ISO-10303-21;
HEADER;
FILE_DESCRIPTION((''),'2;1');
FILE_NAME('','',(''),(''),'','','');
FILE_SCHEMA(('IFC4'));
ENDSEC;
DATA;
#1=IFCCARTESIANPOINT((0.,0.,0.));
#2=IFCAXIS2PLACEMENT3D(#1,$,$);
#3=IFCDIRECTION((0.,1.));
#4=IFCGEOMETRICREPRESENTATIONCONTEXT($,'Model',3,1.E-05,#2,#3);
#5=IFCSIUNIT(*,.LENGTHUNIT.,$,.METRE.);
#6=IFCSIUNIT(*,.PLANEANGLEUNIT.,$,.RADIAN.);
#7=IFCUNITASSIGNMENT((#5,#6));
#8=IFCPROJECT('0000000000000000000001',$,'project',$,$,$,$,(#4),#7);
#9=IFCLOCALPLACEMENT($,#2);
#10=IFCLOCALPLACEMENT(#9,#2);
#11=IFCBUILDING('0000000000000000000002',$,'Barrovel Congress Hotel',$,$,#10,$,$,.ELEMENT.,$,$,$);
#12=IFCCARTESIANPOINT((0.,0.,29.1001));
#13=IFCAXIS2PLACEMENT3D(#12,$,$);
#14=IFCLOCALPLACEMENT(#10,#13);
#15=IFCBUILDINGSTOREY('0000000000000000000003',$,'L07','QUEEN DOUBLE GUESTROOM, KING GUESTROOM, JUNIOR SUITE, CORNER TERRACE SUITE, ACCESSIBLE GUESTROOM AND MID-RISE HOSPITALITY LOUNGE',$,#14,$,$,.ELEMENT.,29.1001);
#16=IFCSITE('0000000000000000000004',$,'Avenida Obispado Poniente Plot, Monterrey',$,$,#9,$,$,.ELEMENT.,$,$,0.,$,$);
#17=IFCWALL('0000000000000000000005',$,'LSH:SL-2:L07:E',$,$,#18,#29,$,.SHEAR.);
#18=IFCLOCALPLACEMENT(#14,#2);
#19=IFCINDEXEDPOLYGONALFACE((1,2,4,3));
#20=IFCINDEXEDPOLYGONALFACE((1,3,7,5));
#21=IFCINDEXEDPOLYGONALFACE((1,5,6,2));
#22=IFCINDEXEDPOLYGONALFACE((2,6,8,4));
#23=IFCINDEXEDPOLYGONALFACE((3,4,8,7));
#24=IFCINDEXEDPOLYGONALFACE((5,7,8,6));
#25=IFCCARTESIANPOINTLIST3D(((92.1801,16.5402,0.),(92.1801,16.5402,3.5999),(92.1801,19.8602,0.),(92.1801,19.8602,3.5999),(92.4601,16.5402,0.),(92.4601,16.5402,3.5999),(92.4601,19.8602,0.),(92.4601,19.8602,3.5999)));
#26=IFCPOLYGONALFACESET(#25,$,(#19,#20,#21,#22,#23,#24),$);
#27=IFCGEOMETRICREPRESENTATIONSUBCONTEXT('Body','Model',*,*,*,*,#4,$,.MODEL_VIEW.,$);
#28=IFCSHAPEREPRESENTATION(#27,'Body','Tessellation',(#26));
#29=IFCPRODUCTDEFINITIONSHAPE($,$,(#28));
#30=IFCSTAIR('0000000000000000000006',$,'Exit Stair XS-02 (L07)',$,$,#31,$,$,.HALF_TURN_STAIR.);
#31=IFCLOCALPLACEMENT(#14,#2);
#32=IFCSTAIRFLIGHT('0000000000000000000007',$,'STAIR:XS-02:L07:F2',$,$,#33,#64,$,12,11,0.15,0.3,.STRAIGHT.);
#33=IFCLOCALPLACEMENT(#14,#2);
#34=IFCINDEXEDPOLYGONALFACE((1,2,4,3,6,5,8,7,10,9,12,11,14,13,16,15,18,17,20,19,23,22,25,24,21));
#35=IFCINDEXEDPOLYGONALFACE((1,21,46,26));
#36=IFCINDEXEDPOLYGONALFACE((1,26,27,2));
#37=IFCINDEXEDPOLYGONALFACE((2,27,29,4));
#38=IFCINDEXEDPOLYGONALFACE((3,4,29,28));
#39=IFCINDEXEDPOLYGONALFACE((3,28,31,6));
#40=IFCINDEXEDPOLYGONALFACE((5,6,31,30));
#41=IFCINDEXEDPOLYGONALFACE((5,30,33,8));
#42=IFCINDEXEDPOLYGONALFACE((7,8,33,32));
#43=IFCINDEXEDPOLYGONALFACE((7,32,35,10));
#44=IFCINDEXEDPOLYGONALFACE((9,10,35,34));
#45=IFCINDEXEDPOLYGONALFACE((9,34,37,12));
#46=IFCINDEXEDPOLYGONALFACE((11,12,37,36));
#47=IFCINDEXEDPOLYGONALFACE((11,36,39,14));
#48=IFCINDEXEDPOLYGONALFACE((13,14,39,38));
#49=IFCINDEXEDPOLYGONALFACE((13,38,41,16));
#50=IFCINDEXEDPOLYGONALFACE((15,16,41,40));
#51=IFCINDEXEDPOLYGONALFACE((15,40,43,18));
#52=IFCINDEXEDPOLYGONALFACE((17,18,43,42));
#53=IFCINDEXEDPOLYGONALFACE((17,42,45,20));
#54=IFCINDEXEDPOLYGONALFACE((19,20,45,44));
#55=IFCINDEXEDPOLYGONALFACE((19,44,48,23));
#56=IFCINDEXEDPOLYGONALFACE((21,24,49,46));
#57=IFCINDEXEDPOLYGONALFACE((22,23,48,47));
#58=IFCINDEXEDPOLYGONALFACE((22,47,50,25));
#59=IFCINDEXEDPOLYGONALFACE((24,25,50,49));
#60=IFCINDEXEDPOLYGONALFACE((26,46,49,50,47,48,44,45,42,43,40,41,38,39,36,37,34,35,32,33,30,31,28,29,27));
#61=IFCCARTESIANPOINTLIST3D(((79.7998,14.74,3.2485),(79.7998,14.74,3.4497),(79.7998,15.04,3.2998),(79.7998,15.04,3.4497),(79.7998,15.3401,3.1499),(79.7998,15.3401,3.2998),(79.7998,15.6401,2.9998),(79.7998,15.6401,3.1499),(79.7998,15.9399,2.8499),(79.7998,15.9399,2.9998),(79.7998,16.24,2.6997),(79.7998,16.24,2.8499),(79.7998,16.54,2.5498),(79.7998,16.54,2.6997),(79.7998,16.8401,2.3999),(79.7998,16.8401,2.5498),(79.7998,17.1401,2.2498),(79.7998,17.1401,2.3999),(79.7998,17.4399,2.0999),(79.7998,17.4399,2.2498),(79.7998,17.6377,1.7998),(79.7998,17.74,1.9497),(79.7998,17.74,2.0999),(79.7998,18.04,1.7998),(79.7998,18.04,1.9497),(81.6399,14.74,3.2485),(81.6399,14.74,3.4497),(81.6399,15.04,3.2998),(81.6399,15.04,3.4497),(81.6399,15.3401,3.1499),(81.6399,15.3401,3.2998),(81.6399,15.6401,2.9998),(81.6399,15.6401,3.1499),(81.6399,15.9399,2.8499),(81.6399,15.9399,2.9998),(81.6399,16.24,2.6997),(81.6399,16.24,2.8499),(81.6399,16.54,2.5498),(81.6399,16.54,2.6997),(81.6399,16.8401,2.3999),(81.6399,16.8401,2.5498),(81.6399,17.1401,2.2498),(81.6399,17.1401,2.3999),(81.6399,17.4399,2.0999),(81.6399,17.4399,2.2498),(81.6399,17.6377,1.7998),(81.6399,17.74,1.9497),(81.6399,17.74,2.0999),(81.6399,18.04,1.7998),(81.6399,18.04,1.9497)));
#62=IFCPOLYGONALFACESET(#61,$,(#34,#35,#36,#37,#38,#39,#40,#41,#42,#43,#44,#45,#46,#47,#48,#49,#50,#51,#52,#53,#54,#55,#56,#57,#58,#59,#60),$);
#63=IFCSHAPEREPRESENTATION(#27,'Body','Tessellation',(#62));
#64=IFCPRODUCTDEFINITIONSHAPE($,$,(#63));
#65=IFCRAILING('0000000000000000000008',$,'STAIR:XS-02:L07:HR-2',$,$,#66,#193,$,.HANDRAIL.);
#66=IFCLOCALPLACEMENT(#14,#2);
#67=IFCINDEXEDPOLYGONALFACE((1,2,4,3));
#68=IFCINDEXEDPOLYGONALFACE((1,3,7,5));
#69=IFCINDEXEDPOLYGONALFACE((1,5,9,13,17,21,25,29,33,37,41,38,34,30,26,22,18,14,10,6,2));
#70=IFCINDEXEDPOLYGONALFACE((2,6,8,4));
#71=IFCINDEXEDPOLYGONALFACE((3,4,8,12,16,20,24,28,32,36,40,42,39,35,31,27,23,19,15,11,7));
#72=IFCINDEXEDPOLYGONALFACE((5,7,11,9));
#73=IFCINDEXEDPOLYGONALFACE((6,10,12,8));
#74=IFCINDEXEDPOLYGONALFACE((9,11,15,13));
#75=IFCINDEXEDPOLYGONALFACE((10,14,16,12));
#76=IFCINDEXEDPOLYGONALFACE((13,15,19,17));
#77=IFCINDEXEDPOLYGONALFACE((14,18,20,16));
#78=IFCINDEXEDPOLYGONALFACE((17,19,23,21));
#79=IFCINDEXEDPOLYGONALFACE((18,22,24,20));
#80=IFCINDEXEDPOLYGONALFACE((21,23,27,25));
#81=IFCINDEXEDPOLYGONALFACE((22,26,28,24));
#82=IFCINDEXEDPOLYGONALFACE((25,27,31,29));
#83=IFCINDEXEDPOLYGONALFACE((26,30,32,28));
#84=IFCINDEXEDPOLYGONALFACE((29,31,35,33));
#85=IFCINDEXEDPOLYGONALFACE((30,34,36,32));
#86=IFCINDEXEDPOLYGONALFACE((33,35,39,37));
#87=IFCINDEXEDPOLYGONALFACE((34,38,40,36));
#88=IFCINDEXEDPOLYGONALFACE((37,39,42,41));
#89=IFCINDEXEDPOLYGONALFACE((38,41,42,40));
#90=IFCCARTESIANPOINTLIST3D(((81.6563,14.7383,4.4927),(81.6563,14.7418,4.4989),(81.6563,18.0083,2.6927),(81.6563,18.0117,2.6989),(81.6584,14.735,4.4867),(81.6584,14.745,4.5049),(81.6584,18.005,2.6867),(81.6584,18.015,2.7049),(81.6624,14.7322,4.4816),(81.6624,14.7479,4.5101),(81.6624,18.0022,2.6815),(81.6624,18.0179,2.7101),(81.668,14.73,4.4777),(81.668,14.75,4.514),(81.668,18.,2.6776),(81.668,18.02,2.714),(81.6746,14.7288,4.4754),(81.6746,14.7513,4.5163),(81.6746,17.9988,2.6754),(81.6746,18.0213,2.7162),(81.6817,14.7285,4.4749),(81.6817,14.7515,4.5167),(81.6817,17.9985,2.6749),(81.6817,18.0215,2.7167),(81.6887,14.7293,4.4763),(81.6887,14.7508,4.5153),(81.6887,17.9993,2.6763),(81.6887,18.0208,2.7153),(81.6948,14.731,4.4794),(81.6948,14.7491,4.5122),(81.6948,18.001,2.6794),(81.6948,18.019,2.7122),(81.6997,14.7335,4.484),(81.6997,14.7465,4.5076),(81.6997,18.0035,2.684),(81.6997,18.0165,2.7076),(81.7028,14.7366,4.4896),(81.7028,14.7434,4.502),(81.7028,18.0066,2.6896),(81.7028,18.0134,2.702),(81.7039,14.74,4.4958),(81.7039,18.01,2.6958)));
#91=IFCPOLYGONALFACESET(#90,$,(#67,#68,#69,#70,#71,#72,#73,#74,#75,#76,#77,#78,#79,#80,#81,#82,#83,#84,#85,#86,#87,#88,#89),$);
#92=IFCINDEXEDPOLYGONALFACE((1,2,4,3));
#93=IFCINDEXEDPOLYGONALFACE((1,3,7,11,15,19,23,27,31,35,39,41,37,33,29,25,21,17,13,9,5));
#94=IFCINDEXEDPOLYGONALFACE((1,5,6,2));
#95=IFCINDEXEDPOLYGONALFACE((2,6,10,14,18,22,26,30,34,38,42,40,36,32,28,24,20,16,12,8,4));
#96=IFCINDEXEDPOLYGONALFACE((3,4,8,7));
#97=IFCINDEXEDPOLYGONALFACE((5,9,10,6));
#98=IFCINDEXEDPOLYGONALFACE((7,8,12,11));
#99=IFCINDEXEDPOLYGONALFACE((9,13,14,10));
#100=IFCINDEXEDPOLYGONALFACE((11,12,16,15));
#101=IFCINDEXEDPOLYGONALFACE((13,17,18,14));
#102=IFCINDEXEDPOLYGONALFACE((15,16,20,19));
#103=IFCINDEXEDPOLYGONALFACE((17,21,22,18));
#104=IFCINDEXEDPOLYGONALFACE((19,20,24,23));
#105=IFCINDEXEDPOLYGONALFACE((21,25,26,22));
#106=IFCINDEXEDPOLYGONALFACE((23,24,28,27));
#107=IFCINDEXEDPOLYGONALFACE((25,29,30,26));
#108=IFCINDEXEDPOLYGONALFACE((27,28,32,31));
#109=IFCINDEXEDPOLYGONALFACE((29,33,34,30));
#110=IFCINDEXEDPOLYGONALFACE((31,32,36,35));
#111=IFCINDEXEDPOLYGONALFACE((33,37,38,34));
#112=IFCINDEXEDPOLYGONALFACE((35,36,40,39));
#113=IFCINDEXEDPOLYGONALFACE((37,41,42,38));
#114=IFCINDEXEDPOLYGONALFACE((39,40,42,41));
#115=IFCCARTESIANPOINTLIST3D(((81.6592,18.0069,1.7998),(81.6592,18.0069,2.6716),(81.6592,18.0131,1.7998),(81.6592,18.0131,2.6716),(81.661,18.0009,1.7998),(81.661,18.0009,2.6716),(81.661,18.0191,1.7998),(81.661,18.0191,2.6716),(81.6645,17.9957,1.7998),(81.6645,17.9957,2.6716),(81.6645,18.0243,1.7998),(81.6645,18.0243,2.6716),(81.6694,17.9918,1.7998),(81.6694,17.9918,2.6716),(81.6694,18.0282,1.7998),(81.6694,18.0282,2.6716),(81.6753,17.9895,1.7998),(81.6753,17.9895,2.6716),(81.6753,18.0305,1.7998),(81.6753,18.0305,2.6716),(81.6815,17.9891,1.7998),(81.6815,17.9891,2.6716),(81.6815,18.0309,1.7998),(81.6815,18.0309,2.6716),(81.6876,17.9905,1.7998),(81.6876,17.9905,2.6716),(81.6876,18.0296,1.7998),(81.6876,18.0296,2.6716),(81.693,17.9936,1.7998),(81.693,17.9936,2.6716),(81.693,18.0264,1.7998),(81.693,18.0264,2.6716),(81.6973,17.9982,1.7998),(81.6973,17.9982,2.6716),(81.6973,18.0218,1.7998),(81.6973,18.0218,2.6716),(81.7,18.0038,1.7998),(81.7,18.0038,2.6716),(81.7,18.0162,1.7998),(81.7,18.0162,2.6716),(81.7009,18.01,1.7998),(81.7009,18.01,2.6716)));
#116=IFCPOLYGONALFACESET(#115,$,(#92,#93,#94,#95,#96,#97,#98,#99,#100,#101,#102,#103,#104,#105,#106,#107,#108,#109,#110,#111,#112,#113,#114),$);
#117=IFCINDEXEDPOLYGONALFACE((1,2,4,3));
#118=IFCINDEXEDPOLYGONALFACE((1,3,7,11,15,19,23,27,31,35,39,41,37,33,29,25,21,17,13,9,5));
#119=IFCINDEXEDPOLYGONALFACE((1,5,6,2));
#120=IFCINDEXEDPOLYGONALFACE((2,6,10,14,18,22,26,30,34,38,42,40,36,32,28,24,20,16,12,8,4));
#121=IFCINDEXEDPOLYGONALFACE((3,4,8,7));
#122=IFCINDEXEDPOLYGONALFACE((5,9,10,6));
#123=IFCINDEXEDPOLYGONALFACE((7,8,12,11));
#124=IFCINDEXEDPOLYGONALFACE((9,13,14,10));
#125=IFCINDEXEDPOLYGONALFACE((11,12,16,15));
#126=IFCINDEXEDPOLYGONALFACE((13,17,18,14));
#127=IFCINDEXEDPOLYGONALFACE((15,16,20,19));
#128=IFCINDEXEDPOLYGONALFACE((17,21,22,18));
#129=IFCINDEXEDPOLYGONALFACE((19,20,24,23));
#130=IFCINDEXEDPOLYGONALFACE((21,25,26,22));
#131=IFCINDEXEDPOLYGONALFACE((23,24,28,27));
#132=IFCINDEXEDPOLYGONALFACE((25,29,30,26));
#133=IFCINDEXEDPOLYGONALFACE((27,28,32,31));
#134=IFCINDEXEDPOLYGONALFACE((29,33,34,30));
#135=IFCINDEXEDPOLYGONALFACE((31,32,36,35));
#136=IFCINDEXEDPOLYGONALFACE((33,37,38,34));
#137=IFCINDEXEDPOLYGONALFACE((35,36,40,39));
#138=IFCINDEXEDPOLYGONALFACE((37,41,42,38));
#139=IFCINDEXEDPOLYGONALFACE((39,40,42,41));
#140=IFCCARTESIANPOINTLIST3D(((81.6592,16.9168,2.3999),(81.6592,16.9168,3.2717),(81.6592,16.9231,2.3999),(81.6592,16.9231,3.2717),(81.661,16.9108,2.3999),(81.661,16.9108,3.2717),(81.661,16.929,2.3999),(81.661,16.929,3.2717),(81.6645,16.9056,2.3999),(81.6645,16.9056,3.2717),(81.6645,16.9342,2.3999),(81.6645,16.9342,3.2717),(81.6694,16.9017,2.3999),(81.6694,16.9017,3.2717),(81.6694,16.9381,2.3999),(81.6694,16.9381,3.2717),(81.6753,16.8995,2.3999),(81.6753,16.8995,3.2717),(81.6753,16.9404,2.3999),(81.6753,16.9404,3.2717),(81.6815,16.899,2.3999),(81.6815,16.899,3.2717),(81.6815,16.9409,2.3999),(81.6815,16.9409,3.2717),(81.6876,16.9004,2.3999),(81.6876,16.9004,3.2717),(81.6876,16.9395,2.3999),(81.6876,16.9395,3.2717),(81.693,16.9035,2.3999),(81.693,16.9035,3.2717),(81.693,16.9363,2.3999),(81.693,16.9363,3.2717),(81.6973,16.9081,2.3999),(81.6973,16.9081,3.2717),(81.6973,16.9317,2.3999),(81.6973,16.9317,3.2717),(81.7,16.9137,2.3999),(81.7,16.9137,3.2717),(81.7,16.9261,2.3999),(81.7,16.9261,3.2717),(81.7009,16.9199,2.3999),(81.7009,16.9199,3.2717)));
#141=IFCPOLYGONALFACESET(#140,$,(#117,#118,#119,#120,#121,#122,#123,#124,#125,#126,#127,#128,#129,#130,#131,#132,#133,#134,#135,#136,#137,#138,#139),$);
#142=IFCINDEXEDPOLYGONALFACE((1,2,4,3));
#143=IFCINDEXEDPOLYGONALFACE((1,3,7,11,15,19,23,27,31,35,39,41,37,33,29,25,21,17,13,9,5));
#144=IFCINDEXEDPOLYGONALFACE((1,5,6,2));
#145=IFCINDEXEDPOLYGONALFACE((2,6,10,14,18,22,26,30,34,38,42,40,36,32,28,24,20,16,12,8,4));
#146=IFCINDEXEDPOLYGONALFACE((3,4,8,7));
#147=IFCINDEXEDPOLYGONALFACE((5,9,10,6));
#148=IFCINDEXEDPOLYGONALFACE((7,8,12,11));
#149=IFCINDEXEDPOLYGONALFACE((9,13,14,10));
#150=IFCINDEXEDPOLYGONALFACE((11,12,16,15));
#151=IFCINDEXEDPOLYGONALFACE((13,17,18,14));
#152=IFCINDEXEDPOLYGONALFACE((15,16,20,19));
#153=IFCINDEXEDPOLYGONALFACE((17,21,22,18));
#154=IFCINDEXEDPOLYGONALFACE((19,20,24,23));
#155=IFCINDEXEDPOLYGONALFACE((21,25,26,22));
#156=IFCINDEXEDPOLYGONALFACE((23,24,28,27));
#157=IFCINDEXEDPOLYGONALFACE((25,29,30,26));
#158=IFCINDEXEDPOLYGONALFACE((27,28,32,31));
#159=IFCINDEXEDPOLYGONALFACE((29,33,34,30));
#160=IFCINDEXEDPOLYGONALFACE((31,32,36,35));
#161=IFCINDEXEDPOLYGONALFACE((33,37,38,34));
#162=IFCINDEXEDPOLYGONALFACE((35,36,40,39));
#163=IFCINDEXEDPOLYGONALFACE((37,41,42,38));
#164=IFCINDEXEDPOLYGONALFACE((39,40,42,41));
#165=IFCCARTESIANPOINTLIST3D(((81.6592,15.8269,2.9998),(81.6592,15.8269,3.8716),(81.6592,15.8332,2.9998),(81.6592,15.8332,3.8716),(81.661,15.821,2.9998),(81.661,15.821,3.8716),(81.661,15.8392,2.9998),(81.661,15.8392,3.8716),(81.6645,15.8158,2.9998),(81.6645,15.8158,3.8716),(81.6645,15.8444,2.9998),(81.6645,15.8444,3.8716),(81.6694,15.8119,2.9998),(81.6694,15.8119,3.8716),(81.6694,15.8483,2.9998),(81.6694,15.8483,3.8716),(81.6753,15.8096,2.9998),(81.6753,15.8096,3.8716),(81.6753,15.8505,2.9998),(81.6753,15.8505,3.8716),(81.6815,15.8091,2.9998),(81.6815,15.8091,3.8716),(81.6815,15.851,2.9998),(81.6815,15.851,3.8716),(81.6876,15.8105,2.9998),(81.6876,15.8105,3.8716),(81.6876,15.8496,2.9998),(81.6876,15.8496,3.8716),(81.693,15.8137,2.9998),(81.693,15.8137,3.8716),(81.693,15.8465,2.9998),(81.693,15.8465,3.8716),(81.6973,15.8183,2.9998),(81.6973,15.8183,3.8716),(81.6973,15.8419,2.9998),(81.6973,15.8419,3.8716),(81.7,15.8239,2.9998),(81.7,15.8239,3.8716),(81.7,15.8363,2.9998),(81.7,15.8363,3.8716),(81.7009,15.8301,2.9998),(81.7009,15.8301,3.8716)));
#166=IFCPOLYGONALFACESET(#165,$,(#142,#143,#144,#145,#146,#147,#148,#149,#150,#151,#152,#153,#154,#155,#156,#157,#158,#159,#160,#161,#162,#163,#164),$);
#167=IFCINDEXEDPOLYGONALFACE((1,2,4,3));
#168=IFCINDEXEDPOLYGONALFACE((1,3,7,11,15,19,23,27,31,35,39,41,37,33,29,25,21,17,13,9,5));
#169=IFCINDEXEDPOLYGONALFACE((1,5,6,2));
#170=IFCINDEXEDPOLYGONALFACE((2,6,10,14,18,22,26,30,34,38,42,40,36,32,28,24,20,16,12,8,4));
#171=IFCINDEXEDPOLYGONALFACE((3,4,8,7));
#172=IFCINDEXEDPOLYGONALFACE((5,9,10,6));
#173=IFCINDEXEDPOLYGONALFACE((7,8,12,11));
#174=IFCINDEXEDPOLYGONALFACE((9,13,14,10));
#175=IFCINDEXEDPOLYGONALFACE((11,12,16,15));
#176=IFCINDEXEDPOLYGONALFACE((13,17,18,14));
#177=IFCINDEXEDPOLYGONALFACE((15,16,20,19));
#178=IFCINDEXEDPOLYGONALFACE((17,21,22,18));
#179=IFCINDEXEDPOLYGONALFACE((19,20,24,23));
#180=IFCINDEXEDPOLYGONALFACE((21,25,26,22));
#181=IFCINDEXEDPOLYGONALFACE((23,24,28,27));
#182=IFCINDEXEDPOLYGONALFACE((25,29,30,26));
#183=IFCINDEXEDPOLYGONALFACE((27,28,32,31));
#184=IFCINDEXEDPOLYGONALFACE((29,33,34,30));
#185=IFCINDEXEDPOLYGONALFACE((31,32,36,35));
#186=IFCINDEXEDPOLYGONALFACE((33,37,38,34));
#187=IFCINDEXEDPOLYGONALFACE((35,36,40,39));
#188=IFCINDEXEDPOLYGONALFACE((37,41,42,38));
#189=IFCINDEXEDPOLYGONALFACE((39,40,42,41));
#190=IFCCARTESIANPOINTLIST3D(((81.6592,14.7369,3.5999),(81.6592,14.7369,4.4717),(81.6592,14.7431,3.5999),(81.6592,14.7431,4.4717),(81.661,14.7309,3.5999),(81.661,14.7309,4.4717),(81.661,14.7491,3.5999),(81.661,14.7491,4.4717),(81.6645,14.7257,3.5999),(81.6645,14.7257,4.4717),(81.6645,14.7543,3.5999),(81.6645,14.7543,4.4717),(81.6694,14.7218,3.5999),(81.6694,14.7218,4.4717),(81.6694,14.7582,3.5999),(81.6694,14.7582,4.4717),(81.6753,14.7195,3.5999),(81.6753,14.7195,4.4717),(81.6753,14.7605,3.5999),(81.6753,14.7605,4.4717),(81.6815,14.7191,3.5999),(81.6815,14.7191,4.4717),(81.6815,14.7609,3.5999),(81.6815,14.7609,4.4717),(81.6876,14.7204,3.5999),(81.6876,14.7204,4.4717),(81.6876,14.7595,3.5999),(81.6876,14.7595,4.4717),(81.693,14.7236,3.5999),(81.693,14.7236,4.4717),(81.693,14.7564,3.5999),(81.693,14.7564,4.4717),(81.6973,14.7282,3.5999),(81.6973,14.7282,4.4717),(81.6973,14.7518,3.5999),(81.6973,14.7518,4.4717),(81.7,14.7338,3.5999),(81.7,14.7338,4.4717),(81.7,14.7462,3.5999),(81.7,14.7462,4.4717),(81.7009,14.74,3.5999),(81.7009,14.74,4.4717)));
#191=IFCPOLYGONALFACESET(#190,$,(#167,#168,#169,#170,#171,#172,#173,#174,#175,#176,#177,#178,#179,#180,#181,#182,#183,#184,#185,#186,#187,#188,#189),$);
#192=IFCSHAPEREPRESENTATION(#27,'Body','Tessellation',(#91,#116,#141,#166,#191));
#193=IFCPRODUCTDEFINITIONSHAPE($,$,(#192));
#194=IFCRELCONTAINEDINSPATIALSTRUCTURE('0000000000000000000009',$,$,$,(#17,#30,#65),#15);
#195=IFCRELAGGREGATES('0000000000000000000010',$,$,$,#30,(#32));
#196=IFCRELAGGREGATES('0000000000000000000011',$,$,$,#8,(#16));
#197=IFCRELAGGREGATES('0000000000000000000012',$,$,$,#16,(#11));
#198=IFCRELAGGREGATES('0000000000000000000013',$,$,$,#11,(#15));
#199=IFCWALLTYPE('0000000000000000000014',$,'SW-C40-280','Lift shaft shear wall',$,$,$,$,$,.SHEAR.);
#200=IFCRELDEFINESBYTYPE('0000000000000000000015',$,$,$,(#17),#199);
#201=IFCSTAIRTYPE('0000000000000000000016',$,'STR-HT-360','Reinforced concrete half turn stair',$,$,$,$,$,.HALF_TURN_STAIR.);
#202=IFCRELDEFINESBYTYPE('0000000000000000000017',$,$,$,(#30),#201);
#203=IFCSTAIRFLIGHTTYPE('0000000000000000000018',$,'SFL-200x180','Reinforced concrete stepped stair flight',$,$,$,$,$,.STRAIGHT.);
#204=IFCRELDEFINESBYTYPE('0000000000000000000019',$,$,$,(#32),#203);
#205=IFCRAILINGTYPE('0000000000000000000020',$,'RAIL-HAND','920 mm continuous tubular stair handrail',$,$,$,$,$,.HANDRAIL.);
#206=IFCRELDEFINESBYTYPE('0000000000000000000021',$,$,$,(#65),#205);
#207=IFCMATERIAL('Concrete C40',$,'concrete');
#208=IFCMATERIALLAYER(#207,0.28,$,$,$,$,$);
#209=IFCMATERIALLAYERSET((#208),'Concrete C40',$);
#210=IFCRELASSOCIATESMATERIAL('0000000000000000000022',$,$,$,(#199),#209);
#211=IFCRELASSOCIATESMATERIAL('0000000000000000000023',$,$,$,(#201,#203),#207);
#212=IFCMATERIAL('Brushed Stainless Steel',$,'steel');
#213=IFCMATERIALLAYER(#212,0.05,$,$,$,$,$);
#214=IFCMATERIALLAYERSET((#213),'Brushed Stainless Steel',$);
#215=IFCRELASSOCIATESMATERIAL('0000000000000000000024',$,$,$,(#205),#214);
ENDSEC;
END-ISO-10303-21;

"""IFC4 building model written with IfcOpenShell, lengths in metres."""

from ifc_helpers import new_model, si_unit, direction, frame, frame_2d, origin, origin_2d, place, context, subcontext, project, spatial, polyline, rectangle, circle, outline, extrude, material, layer, layer_set, type_object, element, aggregate, save


model = new_model("IFC4")

# Units and contexts
model_context = context("Model", 3, precision=1e-05, world=origin(), true_north=direction((0.0, 1.0)))
body_context = subcontext(model_context, "Body", "Model", "MODEL_VIEW")
ifc_project = project(units=[si_unit("LENGTHUNIT", "METRE"), si_unit("PLANEANGLEUNIT", "RADIAN")], contexts=[model_context])

# Site, building, storey
site_placement = place(None, origin())
site = spatial("IfcSite", under=ifc_project, at=site_placement, Name="Avenida Obispado Poniente Plot, Monterrey", CompositionType="ELEMENT", RefElevation=0.0)
building_placement = place(site_placement, origin())
building = spatial("IfcBuilding", under=site, at=building_placement, Name="Barrovel Congress Hotel", CompositionType="ELEMENT")
storey_placement = place(building_placement, frame((0.0, 0.0, 29.1001)))
storey = spatial("IfcBuildingStorey", under=building, at=storey_placement, Name="L07", Description="QUEEN DOUBLE GUESTROOM, KING GUESTROOM, JUNIOR SUITE, CORNER TERRACE SUITE, ACCESSIBLE GUESTROOM AND MID-RISE HOSPITALITY LOUNGE", CompositionType="ELEMENT", Elevation=29.1001)

# Shared definitions
ifc_material_1 = material(Name="Concrete C40", Category="concrete")

# Shared definitions
ifc_layer_1 = layer(ifc_material_1, 0.28)
ifc_layer_set_1 = layer_set([ifc_layer_1], Name="Concrete C40")
wall_type_1 = type_object("IfcWallType", Name="SW-C40-280", Description="Lift shaft shear wall", PredefinedType="SHEAR", material=ifc_layer_set_1)
ifc_material_2 = material(Name="Brushed Stainless Steel", Category="steel")

# Wall
wall_1_placement = place(storey_placement, frame((92.3201, 16.54, 0.0), z_axis=(0.0, 0.0, 1.0), x_axis=(0.0, 1.0, 0.0)))
element("IfcWall", 1, at=wall_1_placement, inside=storey, type_object=wall_type_1, Name="LSH:SL-2:L07:E", PredefinedType="SHEAR", context=body_context, shape_type="SweptSolid", body=[
    extrude(rectangle(XDim=3.3201, YDim=0.28, at=frame_2d((1.6602, 0.0))), origin(), (0.0, 0.0, 1.0), 3.5999),
])

# Stair, stair flight
stair_type = type_object("IfcStairType", Name="STR-HT-360", Description="Reinforced concrete half turn stair", PredefinedType="HALF_TURN_STAIR", material=ifc_material_1)
stair_placement = place(storey_placement, origin())
stair = element("IfcStair", 2, at=stair_placement, inside=storey, type_object=stair_type, Name="Exit Stair XS-02 (L07)", PredefinedType="HALF_TURN_STAIR")
stair_flight_type = type_object("IfcStairFlightType", Name="SFL-200x180", Description="Reinforced concrete stepped stair flight", PredefinedType="STRAIGHT", material=ifc_material_1)
stair_flight_placement = place(storey_placement, frame((80.72, 18.04, 1.7998), z_axis=(0.0, 0.0, 1.0), x_axis=(0.0, -1.0, 0.0)))
stair_flight = element("IfcStairFlight", 3, at=stair_flight_placement, type_object=stair_flight_type, Name="STAIR:XS-02:L07:F2", NumberOfRisers=12, NumberOfTreads=11, PredefinedType="STRAIGHT", RiserHeight=0.15, TreadLength=0.3, context=body_context, shape_type="SweptSolid", body=[
    extrude(outline(polyline([(0.0, 0.0), (0.0, 0.1499), (0.3, 0.1499), (0.3, 0.3), (0.6001, 0.3), (0.6001, 0.45), (0.8999, 0.45), (0.8999, 0.6001), (1.2, 0.6001), (1.2, 0.75), (1.5, 0.75), (1.5, 0.8999), (1.8, 0.8999), (1.8, 1.05), (2.1001, 1.05), (2.1001, 1.2), (2.3999, 1.2), (2.3999, 1.3501), (2.7, 1.3501), (2.7, 1.5), (3.0, 1.5), (3.0, 1.6499), (3.3, 1.6499), (3.3, 1.8), (3.3, 1.4487), (0.4023, 0.0), (0.0, 0.0)])), frame((0.0, 0.9199, 0.0), z_axis=(0.0, -1.0, 0.0), x_axis=(1.0, 0.0, 0.0)), (0.0, 0.0, 1.0), 1.8401),
])
aggregate(stair, [stair_flight])

# Railing
ifc_layer_2 = layer(ifc_material_2, 0.05)
ifc_layer_set_2 = layer_set([ifc_layer_2], Name="Brushed Stainless Steel")
railing_type_1 = type_object("IfcRailingType", Name="RAIL-HAND", Description="920 mm continuous tubular stair handrail", PredefinedType="HANDRAIL", material=ifc_layer_set_2)
railing_1_placement = place(storey_placement, frame((81.6799, 18.01, 1.7998)))
element("IfcRailing", 4, at=railing_1_placement, inside=storey, type_object=railing_type_1, Name="STAIR:XS-02:L07:HR-2", PredefinedType="HANDRAIL", context=body_context, shape_type="SweptSolid", body=[
    extrude(circle(Radius=0.0239, at=origin_2d()), frame((0.0, 0.0, 0.896), z_axis=(0.0, -0.876042, 0.482235), x_axis=(1.0, 0.0, 0.0)), (0.0, 0.0, 1.0), 3.7327),
    extrude(circle(Radius=0.021, at=origin_2d()), origin(), (0.0, 0.0, 1.0), 0.8718),
    extrude(circle(Radius=0.021, at=origin_2d()), frame((0.0, -1.0901, 0.6001)), (0.0, 0.0, 1.0), 0.8718),
    extrude(circle(Radius=0.021, at=origin_2d()), frame((0.0, -2.1799, 1.2)), (0.0, 0.0, 1.0), 0.8718),
    extrude(circle(Radius=0.021, at=origin_2d()), frame((0.0, -3.27, 1.8)), (0.0, 0.0, 1.0), 0.8718),
])

save(model, "model.ifc")
